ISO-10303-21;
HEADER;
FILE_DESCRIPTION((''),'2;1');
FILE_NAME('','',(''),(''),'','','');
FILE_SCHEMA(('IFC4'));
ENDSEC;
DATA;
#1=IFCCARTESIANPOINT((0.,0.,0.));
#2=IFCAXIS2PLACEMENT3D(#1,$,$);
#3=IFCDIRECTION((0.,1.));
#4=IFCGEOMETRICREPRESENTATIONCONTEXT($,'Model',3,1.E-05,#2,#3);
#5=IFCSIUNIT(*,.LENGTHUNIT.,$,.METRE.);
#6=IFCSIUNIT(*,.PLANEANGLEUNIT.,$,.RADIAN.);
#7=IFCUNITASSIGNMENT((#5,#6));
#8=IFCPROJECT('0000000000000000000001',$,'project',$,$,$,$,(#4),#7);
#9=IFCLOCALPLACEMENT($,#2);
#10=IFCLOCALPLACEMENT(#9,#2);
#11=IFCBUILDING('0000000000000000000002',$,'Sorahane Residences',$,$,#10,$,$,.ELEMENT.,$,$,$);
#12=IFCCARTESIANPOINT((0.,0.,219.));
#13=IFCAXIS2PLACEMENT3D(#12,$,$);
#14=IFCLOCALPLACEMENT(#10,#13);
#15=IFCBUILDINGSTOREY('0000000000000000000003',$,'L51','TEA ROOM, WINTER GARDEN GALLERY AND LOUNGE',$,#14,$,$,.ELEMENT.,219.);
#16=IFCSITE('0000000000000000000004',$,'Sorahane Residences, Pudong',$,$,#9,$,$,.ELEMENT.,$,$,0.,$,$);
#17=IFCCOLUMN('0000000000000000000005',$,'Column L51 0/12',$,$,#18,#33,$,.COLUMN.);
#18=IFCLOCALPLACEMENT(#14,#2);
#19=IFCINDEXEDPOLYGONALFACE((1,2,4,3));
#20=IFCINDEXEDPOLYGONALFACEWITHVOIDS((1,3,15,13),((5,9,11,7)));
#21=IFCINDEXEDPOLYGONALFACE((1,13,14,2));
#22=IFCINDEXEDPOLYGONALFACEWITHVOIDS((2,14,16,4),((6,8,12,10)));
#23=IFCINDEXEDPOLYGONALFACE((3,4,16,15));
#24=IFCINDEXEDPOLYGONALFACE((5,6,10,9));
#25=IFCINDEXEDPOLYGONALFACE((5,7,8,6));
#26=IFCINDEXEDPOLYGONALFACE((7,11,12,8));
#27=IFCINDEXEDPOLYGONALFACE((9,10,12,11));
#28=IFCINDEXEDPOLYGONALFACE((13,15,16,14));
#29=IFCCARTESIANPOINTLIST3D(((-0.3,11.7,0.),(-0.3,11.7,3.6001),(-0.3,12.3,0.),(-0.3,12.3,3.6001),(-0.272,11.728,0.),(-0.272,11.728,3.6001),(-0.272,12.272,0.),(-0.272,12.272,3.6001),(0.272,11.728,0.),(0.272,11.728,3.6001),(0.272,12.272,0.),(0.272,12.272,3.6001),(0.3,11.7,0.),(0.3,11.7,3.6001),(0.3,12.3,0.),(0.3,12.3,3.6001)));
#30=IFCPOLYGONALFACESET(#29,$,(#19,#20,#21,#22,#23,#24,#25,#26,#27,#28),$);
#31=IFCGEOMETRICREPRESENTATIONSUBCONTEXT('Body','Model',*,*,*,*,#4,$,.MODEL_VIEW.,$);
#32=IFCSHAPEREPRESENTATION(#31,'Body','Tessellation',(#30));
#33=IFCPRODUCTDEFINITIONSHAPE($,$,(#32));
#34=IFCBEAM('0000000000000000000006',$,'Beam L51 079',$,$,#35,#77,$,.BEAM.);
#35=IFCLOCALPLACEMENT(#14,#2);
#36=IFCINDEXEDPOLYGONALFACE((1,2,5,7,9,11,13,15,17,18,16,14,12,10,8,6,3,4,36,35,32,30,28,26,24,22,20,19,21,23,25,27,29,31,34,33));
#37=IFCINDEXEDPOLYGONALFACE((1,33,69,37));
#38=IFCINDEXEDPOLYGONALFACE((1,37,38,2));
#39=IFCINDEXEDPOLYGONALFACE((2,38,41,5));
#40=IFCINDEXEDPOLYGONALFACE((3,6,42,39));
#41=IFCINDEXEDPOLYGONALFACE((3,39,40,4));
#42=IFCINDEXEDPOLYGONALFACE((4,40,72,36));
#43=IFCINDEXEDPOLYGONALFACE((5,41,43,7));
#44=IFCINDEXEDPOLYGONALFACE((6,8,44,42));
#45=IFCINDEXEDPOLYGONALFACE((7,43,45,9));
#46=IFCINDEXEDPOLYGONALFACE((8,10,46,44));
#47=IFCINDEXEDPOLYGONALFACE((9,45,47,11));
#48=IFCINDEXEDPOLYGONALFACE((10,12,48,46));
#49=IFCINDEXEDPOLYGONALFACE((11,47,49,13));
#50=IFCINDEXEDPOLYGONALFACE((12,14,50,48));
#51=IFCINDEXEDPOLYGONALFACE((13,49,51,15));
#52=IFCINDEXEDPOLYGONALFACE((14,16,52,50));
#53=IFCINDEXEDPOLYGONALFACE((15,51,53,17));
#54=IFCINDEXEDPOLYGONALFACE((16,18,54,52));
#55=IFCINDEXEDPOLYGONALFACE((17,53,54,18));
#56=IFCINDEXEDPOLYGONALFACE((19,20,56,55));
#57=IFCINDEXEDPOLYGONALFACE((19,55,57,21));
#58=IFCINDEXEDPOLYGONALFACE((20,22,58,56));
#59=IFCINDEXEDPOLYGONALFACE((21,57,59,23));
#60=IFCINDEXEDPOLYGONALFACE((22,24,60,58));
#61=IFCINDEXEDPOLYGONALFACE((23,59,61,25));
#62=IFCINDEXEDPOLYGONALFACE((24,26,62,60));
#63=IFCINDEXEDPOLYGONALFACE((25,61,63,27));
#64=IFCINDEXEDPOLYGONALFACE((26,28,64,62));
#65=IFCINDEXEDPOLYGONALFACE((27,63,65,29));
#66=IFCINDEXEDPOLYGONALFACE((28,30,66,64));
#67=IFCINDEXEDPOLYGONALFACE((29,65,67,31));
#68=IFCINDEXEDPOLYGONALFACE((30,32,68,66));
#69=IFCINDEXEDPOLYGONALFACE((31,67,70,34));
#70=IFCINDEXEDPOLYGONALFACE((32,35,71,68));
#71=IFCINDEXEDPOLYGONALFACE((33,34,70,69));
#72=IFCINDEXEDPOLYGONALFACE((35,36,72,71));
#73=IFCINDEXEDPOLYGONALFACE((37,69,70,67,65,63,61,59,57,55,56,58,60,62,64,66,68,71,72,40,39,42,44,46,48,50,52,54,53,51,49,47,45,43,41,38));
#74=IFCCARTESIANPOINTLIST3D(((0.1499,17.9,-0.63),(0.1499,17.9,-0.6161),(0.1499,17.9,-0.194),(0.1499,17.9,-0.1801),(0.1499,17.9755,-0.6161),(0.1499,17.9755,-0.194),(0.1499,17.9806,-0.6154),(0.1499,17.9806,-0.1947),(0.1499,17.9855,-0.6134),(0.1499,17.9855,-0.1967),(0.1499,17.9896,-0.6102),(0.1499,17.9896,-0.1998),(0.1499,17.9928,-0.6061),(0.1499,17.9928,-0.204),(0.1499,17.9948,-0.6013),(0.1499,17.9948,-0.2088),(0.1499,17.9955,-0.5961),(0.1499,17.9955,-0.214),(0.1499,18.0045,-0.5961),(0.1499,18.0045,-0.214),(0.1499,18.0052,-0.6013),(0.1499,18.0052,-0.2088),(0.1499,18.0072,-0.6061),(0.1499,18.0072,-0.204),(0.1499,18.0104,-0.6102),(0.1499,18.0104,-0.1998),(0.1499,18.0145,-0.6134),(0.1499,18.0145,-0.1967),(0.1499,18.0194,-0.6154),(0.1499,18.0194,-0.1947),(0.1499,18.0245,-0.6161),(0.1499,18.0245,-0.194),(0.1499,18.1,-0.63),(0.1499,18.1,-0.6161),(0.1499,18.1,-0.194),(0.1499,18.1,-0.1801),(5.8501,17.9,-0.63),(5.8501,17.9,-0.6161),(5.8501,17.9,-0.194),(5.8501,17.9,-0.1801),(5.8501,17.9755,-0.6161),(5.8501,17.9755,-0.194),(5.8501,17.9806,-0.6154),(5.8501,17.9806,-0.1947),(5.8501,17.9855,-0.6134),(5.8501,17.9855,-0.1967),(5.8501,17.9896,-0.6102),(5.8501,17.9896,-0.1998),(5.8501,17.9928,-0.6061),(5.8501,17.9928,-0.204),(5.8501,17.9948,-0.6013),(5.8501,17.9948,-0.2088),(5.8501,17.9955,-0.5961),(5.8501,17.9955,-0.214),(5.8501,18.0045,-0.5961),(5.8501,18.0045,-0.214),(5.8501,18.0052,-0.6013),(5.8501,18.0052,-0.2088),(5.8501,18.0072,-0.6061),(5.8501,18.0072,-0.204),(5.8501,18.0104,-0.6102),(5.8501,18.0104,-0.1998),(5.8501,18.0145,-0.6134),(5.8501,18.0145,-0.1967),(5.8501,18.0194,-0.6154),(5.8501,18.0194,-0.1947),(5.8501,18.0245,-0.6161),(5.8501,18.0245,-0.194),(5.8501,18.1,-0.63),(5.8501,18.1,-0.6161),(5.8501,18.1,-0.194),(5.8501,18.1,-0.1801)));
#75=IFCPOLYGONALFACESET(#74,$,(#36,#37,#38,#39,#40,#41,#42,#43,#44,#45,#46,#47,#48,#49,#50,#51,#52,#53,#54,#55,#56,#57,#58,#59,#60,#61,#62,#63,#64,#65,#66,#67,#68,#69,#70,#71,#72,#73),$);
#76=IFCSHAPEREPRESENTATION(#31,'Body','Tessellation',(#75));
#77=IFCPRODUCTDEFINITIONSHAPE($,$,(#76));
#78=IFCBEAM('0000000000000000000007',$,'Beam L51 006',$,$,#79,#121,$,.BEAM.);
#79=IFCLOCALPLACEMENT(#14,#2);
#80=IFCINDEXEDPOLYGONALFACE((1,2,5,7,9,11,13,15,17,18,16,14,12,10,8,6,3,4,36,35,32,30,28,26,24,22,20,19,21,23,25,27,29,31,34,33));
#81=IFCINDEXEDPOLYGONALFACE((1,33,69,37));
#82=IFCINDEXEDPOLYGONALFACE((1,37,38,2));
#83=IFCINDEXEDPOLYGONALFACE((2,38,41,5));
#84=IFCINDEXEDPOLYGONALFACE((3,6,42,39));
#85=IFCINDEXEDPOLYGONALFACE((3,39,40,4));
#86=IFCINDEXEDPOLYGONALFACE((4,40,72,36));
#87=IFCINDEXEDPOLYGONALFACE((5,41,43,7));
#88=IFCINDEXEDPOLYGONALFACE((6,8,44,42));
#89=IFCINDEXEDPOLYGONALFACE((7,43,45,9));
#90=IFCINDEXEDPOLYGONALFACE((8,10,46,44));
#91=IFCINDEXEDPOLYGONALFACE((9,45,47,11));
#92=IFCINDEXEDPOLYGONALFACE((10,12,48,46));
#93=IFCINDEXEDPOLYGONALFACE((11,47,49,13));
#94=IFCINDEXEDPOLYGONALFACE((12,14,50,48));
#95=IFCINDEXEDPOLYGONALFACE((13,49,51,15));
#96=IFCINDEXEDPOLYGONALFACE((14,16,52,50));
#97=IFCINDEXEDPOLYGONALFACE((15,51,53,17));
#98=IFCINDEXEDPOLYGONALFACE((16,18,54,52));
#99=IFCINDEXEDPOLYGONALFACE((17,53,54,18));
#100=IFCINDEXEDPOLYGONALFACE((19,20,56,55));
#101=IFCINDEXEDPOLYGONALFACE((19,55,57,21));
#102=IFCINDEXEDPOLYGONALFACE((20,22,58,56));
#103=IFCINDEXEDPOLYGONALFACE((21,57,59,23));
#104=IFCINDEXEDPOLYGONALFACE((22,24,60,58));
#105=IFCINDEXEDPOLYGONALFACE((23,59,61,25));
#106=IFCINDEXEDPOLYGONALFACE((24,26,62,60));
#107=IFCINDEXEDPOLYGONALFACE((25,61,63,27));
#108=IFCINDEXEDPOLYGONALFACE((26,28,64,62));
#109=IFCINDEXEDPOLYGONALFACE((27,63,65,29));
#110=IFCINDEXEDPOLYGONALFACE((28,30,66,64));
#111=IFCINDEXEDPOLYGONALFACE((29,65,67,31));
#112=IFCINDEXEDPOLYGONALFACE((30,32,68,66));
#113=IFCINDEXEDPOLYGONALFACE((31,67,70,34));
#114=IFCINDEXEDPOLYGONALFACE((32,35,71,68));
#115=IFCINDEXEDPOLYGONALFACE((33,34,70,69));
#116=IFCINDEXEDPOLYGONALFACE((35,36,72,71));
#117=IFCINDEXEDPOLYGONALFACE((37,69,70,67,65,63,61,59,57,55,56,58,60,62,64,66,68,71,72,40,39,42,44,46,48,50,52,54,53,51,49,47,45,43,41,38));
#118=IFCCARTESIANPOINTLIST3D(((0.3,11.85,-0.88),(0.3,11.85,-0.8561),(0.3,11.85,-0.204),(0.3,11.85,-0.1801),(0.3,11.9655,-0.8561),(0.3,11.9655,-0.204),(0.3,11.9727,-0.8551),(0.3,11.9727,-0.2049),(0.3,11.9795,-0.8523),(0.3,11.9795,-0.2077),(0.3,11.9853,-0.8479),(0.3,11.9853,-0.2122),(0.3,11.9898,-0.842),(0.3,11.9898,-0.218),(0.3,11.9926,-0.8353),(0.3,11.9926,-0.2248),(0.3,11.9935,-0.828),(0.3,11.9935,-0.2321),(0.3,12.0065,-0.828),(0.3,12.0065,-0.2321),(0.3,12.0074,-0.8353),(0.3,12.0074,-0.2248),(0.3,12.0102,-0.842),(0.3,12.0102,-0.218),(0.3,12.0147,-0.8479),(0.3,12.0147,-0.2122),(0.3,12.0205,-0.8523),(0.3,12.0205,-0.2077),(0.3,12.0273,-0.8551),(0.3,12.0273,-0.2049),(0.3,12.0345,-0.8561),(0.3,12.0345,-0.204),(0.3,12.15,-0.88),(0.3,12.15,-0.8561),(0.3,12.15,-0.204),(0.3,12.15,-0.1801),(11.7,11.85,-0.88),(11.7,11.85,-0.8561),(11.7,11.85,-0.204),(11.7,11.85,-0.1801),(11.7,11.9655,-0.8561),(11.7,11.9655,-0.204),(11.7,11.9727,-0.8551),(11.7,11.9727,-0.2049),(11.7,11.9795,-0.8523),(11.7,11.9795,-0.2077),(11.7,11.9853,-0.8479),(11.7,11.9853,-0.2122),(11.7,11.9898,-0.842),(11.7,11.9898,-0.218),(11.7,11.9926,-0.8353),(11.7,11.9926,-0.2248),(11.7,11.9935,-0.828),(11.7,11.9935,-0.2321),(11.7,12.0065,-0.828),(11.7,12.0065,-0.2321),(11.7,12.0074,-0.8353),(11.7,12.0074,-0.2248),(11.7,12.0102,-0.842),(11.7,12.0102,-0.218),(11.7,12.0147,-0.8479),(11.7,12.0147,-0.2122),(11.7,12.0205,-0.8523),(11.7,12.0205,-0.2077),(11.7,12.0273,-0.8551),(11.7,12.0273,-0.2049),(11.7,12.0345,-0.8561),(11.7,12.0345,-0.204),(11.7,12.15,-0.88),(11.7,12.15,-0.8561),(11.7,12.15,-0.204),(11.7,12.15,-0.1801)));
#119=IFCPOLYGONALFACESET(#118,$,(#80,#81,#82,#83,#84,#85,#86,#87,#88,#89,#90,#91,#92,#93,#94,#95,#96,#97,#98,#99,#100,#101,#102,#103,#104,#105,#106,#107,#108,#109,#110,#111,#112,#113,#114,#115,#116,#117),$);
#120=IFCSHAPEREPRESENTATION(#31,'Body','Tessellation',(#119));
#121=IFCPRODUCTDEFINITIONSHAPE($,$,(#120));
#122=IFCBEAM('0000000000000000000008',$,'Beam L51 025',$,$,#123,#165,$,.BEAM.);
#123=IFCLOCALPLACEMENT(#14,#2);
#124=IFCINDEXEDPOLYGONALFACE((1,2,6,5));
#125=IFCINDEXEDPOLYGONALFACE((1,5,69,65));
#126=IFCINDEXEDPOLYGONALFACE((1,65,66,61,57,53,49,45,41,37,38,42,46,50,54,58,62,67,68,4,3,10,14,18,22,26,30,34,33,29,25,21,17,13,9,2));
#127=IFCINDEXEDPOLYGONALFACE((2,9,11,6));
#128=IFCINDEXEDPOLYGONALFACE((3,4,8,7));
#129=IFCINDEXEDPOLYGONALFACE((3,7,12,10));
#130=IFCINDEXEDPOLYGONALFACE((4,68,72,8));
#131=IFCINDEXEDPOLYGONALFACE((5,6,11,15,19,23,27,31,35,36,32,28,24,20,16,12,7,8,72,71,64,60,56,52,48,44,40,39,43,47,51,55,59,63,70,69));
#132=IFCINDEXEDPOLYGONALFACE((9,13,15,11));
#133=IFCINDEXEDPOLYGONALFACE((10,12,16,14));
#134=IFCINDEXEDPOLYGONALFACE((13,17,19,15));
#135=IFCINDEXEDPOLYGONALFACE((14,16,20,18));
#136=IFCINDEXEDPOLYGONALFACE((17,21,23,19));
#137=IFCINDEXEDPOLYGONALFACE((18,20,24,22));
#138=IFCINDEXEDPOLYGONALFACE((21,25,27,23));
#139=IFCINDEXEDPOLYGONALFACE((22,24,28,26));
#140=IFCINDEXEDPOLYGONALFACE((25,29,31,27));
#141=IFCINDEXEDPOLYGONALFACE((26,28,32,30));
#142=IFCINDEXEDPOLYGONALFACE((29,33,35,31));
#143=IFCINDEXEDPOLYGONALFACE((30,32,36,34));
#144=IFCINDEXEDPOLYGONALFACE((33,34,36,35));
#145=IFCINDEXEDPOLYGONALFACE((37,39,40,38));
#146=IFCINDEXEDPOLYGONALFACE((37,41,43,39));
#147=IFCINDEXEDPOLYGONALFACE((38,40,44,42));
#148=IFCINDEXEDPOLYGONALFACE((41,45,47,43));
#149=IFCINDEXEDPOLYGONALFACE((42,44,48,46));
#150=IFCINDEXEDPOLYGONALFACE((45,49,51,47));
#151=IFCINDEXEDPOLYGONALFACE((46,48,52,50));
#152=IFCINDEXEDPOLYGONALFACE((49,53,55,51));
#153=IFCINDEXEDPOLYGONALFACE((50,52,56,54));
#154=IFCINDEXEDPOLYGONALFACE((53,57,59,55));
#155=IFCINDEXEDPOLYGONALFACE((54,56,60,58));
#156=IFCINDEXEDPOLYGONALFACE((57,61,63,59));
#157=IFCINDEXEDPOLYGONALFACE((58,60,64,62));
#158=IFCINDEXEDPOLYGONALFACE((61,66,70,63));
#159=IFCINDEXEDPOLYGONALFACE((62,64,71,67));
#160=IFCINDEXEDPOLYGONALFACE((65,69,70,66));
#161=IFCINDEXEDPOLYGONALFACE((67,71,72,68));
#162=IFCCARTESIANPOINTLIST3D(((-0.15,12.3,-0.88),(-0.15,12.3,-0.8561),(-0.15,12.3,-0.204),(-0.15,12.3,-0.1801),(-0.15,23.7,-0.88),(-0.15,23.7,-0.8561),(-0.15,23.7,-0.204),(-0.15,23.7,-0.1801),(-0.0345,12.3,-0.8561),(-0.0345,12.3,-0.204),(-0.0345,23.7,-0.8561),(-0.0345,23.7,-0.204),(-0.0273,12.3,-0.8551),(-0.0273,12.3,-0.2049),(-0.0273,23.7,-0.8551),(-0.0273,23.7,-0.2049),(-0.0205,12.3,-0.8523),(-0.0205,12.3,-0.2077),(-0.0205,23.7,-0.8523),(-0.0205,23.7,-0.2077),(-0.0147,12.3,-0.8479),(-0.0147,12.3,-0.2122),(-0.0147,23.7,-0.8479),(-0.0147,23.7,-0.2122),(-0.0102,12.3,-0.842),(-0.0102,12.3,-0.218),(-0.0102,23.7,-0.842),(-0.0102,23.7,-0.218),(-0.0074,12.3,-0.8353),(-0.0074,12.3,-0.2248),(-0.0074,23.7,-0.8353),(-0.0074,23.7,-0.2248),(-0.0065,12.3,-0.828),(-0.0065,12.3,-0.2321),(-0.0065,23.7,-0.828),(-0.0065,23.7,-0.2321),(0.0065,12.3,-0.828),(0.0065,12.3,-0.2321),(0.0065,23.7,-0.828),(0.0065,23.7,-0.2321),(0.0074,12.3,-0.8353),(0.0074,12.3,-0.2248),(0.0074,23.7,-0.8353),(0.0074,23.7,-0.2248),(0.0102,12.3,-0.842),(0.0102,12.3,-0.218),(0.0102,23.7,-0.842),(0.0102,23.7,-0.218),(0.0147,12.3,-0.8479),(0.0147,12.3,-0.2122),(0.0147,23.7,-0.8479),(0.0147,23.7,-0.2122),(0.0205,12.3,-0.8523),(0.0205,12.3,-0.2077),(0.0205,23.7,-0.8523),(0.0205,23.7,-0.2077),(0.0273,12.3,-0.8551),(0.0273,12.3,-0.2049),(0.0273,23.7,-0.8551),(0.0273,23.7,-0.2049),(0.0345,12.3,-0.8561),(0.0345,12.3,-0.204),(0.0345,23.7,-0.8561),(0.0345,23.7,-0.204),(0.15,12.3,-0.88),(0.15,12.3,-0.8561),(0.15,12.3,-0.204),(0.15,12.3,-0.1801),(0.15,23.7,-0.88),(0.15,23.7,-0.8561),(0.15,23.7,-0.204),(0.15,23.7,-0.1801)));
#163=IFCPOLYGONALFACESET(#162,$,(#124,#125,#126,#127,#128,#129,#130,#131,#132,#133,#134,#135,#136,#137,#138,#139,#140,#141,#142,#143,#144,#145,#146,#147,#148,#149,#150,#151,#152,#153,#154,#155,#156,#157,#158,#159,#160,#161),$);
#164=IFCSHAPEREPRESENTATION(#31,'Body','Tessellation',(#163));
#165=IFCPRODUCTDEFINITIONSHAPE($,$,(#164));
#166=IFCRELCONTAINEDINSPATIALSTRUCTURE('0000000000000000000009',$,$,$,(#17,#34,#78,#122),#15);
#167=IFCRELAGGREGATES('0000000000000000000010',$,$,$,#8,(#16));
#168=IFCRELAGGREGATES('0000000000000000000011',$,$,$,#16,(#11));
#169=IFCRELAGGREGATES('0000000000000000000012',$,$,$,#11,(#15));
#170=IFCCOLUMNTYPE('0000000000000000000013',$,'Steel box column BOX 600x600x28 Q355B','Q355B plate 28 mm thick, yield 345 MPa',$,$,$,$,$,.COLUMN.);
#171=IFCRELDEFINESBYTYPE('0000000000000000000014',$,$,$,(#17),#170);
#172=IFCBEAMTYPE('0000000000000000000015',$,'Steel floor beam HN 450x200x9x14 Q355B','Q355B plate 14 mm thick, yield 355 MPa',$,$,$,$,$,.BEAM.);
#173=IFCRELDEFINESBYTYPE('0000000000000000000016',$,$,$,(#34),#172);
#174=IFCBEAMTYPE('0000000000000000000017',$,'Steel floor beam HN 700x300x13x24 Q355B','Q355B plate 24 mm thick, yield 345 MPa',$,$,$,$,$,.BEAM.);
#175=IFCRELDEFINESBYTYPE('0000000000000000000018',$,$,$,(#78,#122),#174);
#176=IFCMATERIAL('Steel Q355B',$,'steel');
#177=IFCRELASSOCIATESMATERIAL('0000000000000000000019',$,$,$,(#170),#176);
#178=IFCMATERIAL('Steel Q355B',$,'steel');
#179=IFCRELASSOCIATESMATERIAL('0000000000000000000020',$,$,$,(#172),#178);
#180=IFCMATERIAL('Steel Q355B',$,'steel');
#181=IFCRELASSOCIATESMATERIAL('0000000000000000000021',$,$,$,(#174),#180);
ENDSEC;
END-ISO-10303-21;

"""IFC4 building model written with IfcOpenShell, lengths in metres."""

from ifc_helpers import new_model, si_unit, direction, frame, origin, origin_2d, place, context, subcontext, project, spatial, hollow_rectangle, i_section, extrude, material, material_profile, profile_set, type_object, element, save


model = new_model("IFC4")

# Units and contexts
model_context = context("Model", 3, precision=1e-05, world=origin(), true_north=direction((0.0, 1.0)))
body_context = subcontext(model_context, "Body", "Model", "MODEL_VIEW")
ifc_project = project(units=[si_unit("LENGTHUNIT", "METRE"), si_unit("PLANEANGLEUNIT", "RADIAN")], contexts=[model_context])

# Site, building, storey
site_placement = place(None, origin())
site = spatial("IfcSite", under=ifc_project, at=site_placement, Name="Sorahane Residences, Pudong", CompositionType="ELEMENT", RefElevation=0.0)
building_placement = place(site_placement, origin())
building = spatial("IfcBuilding", under=site, at=building_placement, Name="Sorahane Residences", CompositionType="ELEMENT")
storey_placement = place(building_placement, frame((0.0, 0.0, 219.0)))
storey = spatial("IfcBuildingStorey", under=building, at=storey_placement, Name="L51", Description="TEA ROOM, WINTER GARDEN GALLERY AND LOUNGE", CompositionType="ELEMENT", Elevation=219.0)

# Column
ifc_material_1 = material(Name="Steel Q355B", Category="steel")
ifc_material_profile_1 = material_profile(ifc_material_1, hollow_rectangle(XDim=0.6001, YDim=0.6001, WallThickness=0.0281, at=origin_2d()), Name="BOX 600x600x28")
ifc_profile_set_1 = profile_set([ifc_material_profile_1], Name="Steel Q355B")
column_type = type_object("IfcColumnType", Name="Steel box column BOX 600x600x28 Q355B", Description="Q355B plate 28 mm thick, yield 345 MPa", PredefinedType="COLUMN", material=ifc_profile_set_1)
column_placement = place(storey_placement, frame((0.0, 12.0, 0.0), z_axis=(0.0, 0.0, 1.0), x_axis=(1.0, 0.0, 0.0)))
element("IfcColumn", 1, at=column_placement, inside=storey, type_object=column_type, Name="Column L51 0/12", PredefinedType="COLUMN", context=body_context, shape_type="SweptSolid", body=[
    extrude(hollow_rectangle(XDim=0.6001, YDim=0.6001, WallThickness=0.0281, at=origin_2d()), origin(), (0.0, 0.0, 1.0), 3.6001),
])

# Beams
ifc_material_2 = material(Name="Steel Q355B", Category="steel")
ifc_material_profile_2 = material_profile(ifc_material_2, i_section(OverallWidth=0.2, OverallDepth=0.45, WebThickness=0.009, FlangeThickness=0.0139, FilletRadius=0.02, at=origin_2d()), Name="HN 450x200x9x14")
ifc_profile_set_2 = profile_set([ifc_material_profile_2], Name="Steel Q355B")
beam_type_1 = type_object("IfcBeamType", Name="Steel floor beam HN 450x200x9x14 Q355B", Description="Q355B plate 14 mm thick, yield 355 MPa", PredefinedType="BEAM", material=ifc_profile_set_2)
beam_placement = place(storey_placement, frame((0.1499, 18.0, -0.405), z_axis=(1.0, 0.0, 0.0), x_axis=(0.0, 1.0, 0.0)))
element("IfcBeam", 2, at=beam_placement, inside=storey, type_object=beam_type_1, Name="Beam L51 079", PredefinedType="BEAM", context=body_context, shape_type="SweptSolid", body=[
    extrude(i_section(OverallWidth=0.2, OverallDepth=0.45, WebThickness=0.009, FlangeThickness=0.0139, FilletRadius=0.02, at=origin_2d()), origin(), (0.0, 0.0, 1.0), 5.7002),
])
ifc_material_3 = material(Name="Steel Q355B", Category="steel")
ifc_material_profile_3 = material_profile(ifc_material_3, i_section(OverallWidth=0.3, OverallDepth=0.7, WebThickness=0.0129, FlangeThickness=0.0239, FilletRadius=0.0281, at=origin_2d()), Name="HN 700x300x13x24")
ifc_profile_set_3 = profile_set([ifc_material_profile_3], Name="Steel Q355B")
beam_type_2 = type_object("IfcBeamType", Name="Steel floor beam HN 700x300x13x24 Q355B", Description="Q355B plate 24 mm thick, yield 345 MPa", PredefinedType="BEAM", material=ifc_profile_set_3)
for number, where, z_axis, x_axis, name in (
    (3, (0.3, 12.0, -0.53), (1.0, 0.0, 0.0), (0.0, 1.0, 0.0), "Beam L51 006"),
    (4, (0.0, 12.3, -0.53), (0.0, 1.0, 0.0), (-1.0, 0.0, 0.0), "Beam L51 025"),
):
    element("IfcBeam", number, at=place(storey_placement, frame(where, z_axis=z_axis, x_axis=x_axis)), inside=storey, type_object=beam_type_2, Name=name, PredefinedType="BEAM", context=body_context, shape_type="SweptSolid", body=[
        extrude(i_section(OverallWidth=0.3, OverallDepth=0.7, WebThickness=0.0129, FlangeThickness=0.0239, FilletRadius=0.0281, at=origin_2d()), origin(), (0.0, 0.0, 1.0), 11.3999),
    ])

save(model, "model.ifc")
